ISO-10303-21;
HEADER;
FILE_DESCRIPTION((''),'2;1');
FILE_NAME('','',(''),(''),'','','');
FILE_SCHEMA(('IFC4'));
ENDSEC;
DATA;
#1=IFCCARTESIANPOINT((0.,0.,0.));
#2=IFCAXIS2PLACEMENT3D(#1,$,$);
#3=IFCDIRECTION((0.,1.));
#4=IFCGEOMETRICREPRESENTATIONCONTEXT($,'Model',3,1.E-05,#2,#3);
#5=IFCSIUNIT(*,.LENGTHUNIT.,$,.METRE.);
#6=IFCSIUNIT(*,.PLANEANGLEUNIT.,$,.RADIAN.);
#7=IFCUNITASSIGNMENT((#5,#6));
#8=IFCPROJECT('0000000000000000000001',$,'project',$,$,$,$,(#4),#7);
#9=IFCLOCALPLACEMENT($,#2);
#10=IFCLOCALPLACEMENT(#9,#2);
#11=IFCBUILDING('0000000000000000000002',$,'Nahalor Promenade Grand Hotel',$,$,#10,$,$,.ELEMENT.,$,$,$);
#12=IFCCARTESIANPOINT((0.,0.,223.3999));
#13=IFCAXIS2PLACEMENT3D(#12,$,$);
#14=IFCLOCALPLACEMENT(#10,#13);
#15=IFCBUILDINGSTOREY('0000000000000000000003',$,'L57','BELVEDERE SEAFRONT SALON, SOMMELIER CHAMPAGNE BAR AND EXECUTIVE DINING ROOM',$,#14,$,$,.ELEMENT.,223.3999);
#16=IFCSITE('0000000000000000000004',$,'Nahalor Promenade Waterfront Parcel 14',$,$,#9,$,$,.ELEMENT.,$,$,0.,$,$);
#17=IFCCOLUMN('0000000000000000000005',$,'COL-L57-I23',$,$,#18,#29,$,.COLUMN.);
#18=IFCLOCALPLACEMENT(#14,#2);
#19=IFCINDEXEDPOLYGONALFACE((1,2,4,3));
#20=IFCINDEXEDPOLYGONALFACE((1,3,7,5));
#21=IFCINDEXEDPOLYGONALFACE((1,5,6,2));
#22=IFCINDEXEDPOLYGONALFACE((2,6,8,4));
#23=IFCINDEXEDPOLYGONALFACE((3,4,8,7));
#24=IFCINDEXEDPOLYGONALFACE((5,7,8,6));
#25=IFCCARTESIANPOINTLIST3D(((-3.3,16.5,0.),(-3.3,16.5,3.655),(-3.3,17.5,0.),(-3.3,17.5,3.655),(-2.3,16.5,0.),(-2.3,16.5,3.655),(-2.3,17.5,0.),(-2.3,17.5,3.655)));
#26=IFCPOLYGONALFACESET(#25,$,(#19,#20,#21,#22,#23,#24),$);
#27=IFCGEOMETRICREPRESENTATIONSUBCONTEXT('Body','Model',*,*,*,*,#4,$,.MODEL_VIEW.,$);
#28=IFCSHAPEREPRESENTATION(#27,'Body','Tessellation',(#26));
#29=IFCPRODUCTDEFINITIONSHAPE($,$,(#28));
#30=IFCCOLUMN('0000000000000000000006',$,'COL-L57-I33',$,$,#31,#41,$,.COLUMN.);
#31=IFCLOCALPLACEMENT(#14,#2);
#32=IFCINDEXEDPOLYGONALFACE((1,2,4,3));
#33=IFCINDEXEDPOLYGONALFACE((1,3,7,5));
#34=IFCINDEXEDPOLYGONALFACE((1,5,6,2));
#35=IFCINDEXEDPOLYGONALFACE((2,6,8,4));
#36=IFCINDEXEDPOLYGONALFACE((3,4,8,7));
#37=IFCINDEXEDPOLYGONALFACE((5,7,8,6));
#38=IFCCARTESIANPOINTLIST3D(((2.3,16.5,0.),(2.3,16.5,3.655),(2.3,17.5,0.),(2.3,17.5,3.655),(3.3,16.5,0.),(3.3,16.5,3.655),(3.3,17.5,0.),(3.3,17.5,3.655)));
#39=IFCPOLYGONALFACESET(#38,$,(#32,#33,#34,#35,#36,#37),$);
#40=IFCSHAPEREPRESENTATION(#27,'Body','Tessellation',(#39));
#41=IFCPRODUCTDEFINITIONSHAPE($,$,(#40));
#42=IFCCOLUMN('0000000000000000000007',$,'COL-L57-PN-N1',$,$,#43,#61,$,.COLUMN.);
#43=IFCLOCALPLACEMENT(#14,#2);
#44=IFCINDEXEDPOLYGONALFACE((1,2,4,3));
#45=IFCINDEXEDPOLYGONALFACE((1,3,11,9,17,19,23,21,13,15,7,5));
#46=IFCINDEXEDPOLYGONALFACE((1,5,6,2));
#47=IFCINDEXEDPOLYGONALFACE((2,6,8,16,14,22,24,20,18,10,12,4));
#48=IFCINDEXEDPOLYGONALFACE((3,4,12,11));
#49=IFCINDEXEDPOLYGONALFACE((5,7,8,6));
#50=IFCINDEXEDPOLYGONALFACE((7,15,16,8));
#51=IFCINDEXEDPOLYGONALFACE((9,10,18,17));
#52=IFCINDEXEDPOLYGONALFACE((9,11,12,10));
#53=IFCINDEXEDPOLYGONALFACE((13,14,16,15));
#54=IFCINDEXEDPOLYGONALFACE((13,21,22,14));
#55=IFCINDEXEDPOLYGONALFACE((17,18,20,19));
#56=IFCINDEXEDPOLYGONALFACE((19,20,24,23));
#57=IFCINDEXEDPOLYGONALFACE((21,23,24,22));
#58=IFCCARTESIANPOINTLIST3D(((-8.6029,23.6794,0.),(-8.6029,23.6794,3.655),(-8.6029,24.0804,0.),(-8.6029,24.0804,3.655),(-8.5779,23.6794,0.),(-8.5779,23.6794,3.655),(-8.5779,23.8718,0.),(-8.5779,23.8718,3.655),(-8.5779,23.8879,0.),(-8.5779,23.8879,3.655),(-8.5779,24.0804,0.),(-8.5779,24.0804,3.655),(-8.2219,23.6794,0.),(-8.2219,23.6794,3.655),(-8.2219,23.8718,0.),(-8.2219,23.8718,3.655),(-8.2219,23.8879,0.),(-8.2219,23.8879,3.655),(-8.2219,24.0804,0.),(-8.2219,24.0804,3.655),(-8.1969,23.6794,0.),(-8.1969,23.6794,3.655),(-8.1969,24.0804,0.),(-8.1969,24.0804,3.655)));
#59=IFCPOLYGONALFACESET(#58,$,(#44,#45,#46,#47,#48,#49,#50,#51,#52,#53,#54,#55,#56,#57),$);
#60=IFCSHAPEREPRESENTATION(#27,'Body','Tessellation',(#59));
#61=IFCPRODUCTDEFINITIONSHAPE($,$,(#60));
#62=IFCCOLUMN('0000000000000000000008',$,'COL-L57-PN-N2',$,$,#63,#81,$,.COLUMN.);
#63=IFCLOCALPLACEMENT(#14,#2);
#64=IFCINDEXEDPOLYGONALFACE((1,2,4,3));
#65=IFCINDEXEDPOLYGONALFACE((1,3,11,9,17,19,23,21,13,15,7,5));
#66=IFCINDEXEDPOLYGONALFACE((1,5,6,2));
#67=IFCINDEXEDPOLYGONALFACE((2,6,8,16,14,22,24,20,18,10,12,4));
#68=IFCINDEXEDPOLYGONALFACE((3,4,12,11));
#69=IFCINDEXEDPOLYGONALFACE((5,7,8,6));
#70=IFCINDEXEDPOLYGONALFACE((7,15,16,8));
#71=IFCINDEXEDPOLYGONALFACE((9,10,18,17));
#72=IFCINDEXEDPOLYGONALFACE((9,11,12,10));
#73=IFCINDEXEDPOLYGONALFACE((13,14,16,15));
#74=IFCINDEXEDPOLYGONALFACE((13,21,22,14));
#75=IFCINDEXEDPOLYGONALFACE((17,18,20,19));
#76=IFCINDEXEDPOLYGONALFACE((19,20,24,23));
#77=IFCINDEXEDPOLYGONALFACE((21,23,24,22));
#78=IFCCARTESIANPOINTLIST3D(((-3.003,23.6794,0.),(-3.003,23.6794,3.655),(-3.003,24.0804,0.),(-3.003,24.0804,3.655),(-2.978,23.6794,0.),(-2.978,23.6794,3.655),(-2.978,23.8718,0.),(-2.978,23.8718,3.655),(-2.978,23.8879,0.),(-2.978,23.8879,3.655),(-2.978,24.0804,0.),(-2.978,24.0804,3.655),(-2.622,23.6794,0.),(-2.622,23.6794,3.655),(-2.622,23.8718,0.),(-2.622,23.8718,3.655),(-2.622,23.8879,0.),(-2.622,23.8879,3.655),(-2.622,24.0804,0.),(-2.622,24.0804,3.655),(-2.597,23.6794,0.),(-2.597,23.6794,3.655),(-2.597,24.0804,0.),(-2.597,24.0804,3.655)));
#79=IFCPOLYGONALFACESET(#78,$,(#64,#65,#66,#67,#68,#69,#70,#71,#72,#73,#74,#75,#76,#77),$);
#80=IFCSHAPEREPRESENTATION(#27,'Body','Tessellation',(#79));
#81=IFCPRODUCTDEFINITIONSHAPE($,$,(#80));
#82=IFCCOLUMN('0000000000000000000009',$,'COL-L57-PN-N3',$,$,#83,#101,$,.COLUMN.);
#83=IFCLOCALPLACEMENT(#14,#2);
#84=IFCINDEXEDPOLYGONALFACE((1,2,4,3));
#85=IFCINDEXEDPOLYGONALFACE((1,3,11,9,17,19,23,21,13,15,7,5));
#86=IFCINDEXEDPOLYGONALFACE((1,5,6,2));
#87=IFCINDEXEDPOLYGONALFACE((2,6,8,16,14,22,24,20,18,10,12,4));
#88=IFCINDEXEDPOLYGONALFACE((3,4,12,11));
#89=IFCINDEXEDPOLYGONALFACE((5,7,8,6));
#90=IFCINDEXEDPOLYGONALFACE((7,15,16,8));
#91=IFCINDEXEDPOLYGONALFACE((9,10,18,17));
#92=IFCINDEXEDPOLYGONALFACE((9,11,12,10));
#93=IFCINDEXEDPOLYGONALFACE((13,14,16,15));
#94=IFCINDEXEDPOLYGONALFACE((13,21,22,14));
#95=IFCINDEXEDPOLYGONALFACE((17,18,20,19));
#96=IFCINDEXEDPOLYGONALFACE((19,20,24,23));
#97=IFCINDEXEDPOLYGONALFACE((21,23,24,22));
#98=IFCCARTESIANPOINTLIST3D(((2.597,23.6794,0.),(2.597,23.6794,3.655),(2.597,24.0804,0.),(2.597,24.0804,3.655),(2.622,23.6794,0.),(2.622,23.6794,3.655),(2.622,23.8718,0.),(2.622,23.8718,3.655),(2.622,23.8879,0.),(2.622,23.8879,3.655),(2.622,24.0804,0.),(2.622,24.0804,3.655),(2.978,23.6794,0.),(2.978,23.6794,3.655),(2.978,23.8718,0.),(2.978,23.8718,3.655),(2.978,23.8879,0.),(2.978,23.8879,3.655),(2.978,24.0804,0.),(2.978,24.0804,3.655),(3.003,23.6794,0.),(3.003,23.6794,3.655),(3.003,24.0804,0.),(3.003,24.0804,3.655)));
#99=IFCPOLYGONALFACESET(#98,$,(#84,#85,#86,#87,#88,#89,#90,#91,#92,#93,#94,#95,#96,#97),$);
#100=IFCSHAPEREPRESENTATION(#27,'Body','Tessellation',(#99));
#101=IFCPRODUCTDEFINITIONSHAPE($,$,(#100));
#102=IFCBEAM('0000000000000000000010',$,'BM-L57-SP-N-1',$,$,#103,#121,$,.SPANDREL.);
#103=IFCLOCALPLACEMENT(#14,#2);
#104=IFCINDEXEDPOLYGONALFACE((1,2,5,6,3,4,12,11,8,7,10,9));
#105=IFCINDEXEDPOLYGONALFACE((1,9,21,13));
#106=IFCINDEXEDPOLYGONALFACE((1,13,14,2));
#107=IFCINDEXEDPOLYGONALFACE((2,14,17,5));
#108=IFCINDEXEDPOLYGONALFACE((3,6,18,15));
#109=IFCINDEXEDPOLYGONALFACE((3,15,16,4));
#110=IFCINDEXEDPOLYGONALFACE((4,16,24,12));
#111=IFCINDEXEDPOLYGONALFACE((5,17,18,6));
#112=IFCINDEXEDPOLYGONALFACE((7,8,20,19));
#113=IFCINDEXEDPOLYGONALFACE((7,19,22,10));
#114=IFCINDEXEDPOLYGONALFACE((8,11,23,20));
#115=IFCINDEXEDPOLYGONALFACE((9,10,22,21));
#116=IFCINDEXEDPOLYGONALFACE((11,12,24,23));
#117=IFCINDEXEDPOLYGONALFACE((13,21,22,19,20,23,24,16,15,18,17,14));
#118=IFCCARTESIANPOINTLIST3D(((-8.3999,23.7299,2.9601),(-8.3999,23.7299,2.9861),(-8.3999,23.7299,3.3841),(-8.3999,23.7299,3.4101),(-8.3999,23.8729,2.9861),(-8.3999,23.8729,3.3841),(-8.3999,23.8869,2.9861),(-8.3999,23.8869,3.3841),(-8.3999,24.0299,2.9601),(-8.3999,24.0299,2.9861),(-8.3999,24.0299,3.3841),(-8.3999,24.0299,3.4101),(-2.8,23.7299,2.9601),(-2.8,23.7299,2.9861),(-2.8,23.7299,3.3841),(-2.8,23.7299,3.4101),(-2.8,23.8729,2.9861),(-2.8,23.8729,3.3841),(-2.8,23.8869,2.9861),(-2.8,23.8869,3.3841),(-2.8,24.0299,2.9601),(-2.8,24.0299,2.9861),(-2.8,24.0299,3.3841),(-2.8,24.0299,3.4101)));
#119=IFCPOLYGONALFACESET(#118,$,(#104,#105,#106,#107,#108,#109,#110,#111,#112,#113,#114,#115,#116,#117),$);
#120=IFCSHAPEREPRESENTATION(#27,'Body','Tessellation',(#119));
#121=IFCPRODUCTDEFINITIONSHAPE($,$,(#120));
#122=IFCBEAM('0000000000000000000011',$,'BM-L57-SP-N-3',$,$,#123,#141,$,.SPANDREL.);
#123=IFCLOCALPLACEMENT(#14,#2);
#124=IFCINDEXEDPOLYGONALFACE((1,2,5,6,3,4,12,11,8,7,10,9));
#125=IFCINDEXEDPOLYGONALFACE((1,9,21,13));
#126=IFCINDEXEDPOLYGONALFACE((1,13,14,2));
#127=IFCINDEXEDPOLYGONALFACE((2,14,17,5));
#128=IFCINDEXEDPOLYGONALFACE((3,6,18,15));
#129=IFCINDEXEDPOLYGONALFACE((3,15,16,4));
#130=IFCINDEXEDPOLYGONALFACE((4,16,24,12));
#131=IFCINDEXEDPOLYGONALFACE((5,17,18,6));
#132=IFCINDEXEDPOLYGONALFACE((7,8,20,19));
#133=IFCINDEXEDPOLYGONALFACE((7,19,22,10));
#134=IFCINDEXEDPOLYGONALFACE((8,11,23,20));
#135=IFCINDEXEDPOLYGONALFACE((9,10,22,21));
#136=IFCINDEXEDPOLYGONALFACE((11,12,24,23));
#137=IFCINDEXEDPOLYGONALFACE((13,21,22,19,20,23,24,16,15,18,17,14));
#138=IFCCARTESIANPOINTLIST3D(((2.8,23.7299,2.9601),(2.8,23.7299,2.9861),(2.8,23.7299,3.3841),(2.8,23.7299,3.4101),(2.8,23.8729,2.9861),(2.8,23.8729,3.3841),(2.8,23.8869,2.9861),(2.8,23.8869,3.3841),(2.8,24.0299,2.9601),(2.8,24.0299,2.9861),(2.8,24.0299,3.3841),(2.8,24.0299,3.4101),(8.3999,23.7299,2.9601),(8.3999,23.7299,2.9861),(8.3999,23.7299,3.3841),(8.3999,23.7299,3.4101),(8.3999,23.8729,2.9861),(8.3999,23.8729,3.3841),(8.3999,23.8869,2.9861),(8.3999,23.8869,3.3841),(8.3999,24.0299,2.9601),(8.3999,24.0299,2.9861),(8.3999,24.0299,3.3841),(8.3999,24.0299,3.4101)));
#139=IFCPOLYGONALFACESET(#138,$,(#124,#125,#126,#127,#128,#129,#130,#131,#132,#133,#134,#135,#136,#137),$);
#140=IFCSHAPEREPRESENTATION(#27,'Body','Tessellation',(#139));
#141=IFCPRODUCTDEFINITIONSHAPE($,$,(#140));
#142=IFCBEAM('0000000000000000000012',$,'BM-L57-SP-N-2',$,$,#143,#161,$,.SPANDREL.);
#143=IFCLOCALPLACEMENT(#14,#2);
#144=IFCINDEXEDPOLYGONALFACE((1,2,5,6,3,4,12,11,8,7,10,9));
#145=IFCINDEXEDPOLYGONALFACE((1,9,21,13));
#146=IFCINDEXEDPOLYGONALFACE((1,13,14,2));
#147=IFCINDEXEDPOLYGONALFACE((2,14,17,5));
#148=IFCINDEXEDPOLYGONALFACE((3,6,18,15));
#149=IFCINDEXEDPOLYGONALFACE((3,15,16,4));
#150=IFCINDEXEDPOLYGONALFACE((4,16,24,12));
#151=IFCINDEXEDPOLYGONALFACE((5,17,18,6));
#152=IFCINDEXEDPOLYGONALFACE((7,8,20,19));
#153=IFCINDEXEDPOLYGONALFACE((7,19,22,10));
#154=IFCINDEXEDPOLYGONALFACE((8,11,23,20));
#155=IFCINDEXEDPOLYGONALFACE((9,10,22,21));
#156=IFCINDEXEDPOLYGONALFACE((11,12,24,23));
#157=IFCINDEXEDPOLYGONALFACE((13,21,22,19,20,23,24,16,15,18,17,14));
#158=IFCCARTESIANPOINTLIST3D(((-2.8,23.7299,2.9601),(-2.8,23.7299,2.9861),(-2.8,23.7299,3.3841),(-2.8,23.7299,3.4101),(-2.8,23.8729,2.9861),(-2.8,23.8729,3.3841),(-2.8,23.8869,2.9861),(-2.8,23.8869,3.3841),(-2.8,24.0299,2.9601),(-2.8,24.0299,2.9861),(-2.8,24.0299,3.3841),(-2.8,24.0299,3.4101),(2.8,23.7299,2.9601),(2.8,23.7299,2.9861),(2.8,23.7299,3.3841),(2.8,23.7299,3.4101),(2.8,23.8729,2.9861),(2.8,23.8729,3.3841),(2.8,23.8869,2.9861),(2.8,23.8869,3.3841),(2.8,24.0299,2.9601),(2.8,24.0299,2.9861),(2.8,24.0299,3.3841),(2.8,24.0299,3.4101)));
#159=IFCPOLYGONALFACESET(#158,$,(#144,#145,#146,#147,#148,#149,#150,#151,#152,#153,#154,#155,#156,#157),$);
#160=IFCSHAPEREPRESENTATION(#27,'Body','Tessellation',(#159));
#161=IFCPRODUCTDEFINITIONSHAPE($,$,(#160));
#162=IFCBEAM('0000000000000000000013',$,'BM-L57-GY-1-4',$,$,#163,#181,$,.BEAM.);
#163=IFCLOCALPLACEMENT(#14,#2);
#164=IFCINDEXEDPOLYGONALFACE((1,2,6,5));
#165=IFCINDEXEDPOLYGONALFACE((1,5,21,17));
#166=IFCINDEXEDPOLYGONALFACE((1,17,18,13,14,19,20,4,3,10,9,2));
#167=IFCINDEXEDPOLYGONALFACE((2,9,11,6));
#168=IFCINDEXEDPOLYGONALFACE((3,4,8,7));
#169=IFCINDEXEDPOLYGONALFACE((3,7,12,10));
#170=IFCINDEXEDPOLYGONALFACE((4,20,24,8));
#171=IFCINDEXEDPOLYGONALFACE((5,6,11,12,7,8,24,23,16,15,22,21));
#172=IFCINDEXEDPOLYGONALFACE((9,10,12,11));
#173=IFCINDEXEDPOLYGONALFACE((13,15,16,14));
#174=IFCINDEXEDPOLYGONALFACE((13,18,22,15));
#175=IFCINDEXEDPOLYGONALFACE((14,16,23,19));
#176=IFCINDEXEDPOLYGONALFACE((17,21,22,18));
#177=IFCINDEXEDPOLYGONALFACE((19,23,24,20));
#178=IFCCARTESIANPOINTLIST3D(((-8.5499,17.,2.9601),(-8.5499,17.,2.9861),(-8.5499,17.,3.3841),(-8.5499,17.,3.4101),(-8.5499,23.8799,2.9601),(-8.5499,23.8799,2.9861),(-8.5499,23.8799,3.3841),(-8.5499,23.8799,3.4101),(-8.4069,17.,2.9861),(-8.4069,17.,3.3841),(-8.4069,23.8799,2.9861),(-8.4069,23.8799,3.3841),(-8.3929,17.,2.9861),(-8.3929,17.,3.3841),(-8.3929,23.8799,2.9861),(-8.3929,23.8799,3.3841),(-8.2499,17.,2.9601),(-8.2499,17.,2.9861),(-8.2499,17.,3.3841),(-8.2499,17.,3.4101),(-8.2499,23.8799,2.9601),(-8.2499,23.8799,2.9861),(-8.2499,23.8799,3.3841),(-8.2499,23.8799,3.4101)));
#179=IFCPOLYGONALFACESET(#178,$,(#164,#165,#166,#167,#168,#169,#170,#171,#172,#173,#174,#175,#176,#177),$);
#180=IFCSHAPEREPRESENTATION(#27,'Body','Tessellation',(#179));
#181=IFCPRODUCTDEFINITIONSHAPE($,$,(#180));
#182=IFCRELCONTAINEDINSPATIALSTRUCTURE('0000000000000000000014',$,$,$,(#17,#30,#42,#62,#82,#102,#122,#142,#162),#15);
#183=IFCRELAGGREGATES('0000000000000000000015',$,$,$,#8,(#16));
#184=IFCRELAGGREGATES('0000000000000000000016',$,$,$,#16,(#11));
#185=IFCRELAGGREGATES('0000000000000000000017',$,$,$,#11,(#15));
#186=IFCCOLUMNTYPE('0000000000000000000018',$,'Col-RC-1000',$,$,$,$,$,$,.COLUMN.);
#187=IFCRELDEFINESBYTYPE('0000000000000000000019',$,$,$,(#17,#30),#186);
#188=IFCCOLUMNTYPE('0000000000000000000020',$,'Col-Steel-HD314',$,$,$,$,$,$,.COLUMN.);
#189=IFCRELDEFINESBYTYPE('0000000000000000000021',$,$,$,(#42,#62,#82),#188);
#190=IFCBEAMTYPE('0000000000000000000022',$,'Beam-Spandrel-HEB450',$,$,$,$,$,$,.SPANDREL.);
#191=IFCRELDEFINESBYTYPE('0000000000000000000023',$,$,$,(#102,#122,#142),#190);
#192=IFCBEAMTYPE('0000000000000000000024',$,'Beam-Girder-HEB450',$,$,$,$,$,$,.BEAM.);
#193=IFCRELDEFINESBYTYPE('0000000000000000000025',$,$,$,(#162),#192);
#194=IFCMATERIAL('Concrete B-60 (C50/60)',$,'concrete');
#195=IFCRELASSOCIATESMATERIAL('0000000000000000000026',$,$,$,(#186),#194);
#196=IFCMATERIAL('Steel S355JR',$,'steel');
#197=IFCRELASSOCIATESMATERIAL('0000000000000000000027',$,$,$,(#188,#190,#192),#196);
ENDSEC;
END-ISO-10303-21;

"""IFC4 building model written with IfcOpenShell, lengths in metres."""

from ifc_helpers import new_model, si_unit, direction, frame, origin, origin_2d, place, context, subcontext, project, spatial, rectangle, i_section, extrude, source, transform, mapped, material, material_profile, profile_set, type_object, element, save


model = new_model("IFC4")

# Units and contexts
model_context = context("Model", 3, precision=1e-05, world=origin(), true_north=direction((0.0, 1.0)))
body_context = subcontext(model_context, "Body", "Model", "MODEL_VIEW")
ifc_project = project(units=[si_unit("LENGTHUNIT", "METRE"), si_unit("PLANEANGLEUNIT", "RADIAN")], contexts=[model_context])

# Site, building, storey
site_placement = place(None, origin())
site = spatial("IfcSite", under=ifc_project, at=site_placement, Name="Nahalor Promenade Waterfront Parcel 14", CompositionType="ELEMENT", RefElevation=0.0)
building_placement = place(site_placement, origin())
building = spatial("IfcBuilding", under=site, at=building_placement, Name="Nahalor Promenade Grand Hotel", CompositionType="ELEMENT")
storey_placement = place(building_placement, frame((0.0, 0.0, 223.3999)))
storey = spatial("IfcBuildingStorey", under=building, at=storey_placement, Name="L57", Description="BELVEDERE SEAFRONT SALON, SOMMELIER CHAMPAGNE BAR AND EXECUTIVE DINING ROOM", CompositionType="ELEMENT", Elevation=223.3999)

# Columns
ifc_material_1 = material(Name="Concrete B-60 (C50/60)", Category="concrete")
ifc_material_profile_1 = material_profile(ifc_material_1, rectangle(XDim=1.0, YDim=1.0, at=origin_2d()), Name="RC 1000x1000")
ifc_profile_set_1 = profile_set([ifc_material_profile_1], Name="Concrete B-60 (C50/60)")
column_type_1 = type_object("IfcColumnType", Name="Col-RC-1000", PredefinedType="COLUMN", material=ifc_profile_set_1)
shared_shape_1 = source(origin(), body_context, "Body", "SweptSolid", [
    extrude(rectangle(XDim=1.0, YDim=1.0, at=origin_2d()), origin(), (0.0, 0.0, 1.0), 3.655),
])
for number, where, z_axis, x_axis, name in (
    (1, (-2.8, 17.0, 0.0), (0.0, 0.0, 1.0), (1.0, 0.0, 0.0), "COL-L57-I23"),
    (2, (2.8, 17.0, 0.0), (0.0, 0.0, 1.0), (1.0, 0.0, 0.0), "COL-L57-I33"),
):
    element("IfcColumn", number, at=place(storey_placement, frame(where, z_axis=z_axis, x_axis=x_axis)), inside=storey, type_object=column_type_1, Name=name, PredefinedType="COLUMN", context=body_context, shape_type="MappedRepresentation", body=[
        mapped(shared_shape_1, transform((0.0, 0.0, 0.0), scale=1.0)),
    ])
ifc_material_2 = material(Name="Steel S355JR", Category="steel")
ifc_material_profile_2 = material_profile(ifc_material_2, i_section(OverallWidth=0.401, OverallDepth=0.406, WebThickness=0.0161, FlangeThickness=0.025, at=origin_2d()), Name="HD 400x314")
ifc_profile_set_2 = profile_set([ifc_material_profile_2], Name="Steel S355JR")
column_type_2 = type_object("IfcColumnType", Name="Col-Steel-HD314", PredefinedType="COLUMN", material=ifc_profile_set_2)
shared_shape_2 = source(origin(), body_context, "Body", "SweptSolid", [
    extrude(i_section(OverallWidth=0.401, OverallDepth=0.406, WebThickness=0.0161, FlangeThickness=0.025, at=origin_2d()), origin(), (0.0, 0.0, 1.0), 3.655),
])
for number, where, z_axis, x_axis, name in (
    (3, (-8.3999, 23.8799, 0.0), (0.0, 0.0, 1.0), (0.0, 1.0, 0.0), "COL-L57-PN-N1"),
    (4, (-2.8, 23.8799, 0.0), (0.0, 0.0, 1.0), (0.0, 1.0, 0.0), "COL-L57-PN-N2"),
    (5, (2.8, 23.8799, 0.0), (0.0, 0.0, 1.0), (0.0, 1.0, 0.0), "COL-L57-PN-N3"),
):
    element("IfcColumn", number, at=place(storey_placement, frame(where, z_axis=z_axis, x_axis=x_axis)), inside=storey, type_object=column_type_2, Name=name, PredefinedType="COLUMN", context=body_context, shape_type="MappedRepresentation", body=[
        mapped(shared_shape_2, transform((0.0, 0.0, 0.0), scale=1.0)),
    ])

# Beams
ifc_material_profile_3 = material_profile(ifc_material_2, i_section(OverallWidth=0.3, OverallDepth=0.45, WebThickness=0.014, FlangeThickness=0.026, at=origin_2d()), Name="HEB 450")
ifc_profile_set_3 = profile_set([ifc_material_profile_3], Name="Steel S355JR")
beam_type_1 = type_object("IfcBeamType", Name="Beam-Spandrel-HEB450", PredefinedType="SPANDREL", material=ifc_profile_set_3)
shared_shape_3 = source(origin(), body_context, "Body", "SweptSolid", [
    extrude(i_section(OverallWidth=0.3, OverallDepth=0.45, WebThickness=0.014, FlangeThickness=0.026, at=origin_2d()), origin(), (0.0, 0.0, 1.0), 5.5999),
])
for number, where, z_axis, x_axis, name in (
    (6, (-8.3999, 23.8799, 3.1851), (1.0, 0.0, 0.0), (0.0, 1.0, 0.0), "BM-L57-SP-N-1"),
    (7, (2.8, 23.8799, 3.1851), (1.0, 0.0, 0.0), (0.0, 1.0, 0.0), "BM-L57-SP-N-3"),
):
    element("IfcBeam", number, at=place(storey_placement, frame(where, z_axis=z_axis, x_axis=x_axis)), inside=storey, type_object=beam_type_1, Name=name, PredefinedType="SPANDREL", context=body_context, shape_type="MappedRepresentation", body=[
        mapped(shared_shape_3, transform((0.0, 0.0, 0.0), scale=1.0)),
    ])
shared_shape_4 = source(origin(), body_context, "Body", "SweptSolid", [
    extrude(i_section(OverallWidth=0.3, OverallDepth=0.45, WebThickness=0.014, FlangeThickness=0.026, at=origin_2d()), origin(), (0.0, 0.0, 1.0), 5.6001),
])
beam_1_placement = place(storey_placement, frame((-2.8, 23.8799, 3.1851), z_axis=(1.0, 0.0, 0.0), x_axis=(0.0, 1.0, 0.0)))
element("IfcBeam", 8, at=beam_1_placement, inside=storey, type_object=beam_type_1, Name="BM-L57-SP-N-2", PredefinedType="SPANDREL", context=body_context, shape_type="MappedRepresentation", body=[
    mapped(shared_shape_4, transform((0.0, 0.0, 0.0), scale=1.0)),
])
ifc_material_profile_4 = material_profile(ifc_material_2, i_section(OverallWidth=0.3, OverallDepth=0.45, WebThickness=0.014, FlangeThickness=0.026, at=origin_2d()), Name="HEB 450")
ifc_profile_set_4 = profile_set([ifc_material_profile_4], Name="Steel S355JR")
beam_type_2 = type_object("IfcBeamType", Name="Beam-Girder-HEB450", PredefinedType="BEAM", material=ifc_profile_set_4)
shared_shape_5 = source(origin(), body_context, "Body", "SweptSolid", [
    extrude(i_section(OverallWidth=0.3, OverallDepth=0.45, WebThickness=0.014, FlangeThickness=0.026, at=origin_2d()), origin(), (0.0, 0.0, 1.0), 6.8799),
])
for number, where, z_axis, x_axis, name in (
    (9, (-8.3999, 17.0, 3.1851), (0.0, 1.0, 0.0), (-1.0, 0.0, 0.0), "BM-L57-GY-1-4"),
):
    element("IfcBeam", number, at=place(storey_placement, frame(where, z_axis=z_axis, x_axis=x_axis)), inside=storey, type_object=beam_type_2, Name=name, PredefinedType="BEAM", context=body_context, shape_type="MappedRepresentation", body=[
        mapped(shared_shape_5, transform((0.0, 0.0, 0.0), scale=1.0)),
    ])

save(model, "model.ifc")
